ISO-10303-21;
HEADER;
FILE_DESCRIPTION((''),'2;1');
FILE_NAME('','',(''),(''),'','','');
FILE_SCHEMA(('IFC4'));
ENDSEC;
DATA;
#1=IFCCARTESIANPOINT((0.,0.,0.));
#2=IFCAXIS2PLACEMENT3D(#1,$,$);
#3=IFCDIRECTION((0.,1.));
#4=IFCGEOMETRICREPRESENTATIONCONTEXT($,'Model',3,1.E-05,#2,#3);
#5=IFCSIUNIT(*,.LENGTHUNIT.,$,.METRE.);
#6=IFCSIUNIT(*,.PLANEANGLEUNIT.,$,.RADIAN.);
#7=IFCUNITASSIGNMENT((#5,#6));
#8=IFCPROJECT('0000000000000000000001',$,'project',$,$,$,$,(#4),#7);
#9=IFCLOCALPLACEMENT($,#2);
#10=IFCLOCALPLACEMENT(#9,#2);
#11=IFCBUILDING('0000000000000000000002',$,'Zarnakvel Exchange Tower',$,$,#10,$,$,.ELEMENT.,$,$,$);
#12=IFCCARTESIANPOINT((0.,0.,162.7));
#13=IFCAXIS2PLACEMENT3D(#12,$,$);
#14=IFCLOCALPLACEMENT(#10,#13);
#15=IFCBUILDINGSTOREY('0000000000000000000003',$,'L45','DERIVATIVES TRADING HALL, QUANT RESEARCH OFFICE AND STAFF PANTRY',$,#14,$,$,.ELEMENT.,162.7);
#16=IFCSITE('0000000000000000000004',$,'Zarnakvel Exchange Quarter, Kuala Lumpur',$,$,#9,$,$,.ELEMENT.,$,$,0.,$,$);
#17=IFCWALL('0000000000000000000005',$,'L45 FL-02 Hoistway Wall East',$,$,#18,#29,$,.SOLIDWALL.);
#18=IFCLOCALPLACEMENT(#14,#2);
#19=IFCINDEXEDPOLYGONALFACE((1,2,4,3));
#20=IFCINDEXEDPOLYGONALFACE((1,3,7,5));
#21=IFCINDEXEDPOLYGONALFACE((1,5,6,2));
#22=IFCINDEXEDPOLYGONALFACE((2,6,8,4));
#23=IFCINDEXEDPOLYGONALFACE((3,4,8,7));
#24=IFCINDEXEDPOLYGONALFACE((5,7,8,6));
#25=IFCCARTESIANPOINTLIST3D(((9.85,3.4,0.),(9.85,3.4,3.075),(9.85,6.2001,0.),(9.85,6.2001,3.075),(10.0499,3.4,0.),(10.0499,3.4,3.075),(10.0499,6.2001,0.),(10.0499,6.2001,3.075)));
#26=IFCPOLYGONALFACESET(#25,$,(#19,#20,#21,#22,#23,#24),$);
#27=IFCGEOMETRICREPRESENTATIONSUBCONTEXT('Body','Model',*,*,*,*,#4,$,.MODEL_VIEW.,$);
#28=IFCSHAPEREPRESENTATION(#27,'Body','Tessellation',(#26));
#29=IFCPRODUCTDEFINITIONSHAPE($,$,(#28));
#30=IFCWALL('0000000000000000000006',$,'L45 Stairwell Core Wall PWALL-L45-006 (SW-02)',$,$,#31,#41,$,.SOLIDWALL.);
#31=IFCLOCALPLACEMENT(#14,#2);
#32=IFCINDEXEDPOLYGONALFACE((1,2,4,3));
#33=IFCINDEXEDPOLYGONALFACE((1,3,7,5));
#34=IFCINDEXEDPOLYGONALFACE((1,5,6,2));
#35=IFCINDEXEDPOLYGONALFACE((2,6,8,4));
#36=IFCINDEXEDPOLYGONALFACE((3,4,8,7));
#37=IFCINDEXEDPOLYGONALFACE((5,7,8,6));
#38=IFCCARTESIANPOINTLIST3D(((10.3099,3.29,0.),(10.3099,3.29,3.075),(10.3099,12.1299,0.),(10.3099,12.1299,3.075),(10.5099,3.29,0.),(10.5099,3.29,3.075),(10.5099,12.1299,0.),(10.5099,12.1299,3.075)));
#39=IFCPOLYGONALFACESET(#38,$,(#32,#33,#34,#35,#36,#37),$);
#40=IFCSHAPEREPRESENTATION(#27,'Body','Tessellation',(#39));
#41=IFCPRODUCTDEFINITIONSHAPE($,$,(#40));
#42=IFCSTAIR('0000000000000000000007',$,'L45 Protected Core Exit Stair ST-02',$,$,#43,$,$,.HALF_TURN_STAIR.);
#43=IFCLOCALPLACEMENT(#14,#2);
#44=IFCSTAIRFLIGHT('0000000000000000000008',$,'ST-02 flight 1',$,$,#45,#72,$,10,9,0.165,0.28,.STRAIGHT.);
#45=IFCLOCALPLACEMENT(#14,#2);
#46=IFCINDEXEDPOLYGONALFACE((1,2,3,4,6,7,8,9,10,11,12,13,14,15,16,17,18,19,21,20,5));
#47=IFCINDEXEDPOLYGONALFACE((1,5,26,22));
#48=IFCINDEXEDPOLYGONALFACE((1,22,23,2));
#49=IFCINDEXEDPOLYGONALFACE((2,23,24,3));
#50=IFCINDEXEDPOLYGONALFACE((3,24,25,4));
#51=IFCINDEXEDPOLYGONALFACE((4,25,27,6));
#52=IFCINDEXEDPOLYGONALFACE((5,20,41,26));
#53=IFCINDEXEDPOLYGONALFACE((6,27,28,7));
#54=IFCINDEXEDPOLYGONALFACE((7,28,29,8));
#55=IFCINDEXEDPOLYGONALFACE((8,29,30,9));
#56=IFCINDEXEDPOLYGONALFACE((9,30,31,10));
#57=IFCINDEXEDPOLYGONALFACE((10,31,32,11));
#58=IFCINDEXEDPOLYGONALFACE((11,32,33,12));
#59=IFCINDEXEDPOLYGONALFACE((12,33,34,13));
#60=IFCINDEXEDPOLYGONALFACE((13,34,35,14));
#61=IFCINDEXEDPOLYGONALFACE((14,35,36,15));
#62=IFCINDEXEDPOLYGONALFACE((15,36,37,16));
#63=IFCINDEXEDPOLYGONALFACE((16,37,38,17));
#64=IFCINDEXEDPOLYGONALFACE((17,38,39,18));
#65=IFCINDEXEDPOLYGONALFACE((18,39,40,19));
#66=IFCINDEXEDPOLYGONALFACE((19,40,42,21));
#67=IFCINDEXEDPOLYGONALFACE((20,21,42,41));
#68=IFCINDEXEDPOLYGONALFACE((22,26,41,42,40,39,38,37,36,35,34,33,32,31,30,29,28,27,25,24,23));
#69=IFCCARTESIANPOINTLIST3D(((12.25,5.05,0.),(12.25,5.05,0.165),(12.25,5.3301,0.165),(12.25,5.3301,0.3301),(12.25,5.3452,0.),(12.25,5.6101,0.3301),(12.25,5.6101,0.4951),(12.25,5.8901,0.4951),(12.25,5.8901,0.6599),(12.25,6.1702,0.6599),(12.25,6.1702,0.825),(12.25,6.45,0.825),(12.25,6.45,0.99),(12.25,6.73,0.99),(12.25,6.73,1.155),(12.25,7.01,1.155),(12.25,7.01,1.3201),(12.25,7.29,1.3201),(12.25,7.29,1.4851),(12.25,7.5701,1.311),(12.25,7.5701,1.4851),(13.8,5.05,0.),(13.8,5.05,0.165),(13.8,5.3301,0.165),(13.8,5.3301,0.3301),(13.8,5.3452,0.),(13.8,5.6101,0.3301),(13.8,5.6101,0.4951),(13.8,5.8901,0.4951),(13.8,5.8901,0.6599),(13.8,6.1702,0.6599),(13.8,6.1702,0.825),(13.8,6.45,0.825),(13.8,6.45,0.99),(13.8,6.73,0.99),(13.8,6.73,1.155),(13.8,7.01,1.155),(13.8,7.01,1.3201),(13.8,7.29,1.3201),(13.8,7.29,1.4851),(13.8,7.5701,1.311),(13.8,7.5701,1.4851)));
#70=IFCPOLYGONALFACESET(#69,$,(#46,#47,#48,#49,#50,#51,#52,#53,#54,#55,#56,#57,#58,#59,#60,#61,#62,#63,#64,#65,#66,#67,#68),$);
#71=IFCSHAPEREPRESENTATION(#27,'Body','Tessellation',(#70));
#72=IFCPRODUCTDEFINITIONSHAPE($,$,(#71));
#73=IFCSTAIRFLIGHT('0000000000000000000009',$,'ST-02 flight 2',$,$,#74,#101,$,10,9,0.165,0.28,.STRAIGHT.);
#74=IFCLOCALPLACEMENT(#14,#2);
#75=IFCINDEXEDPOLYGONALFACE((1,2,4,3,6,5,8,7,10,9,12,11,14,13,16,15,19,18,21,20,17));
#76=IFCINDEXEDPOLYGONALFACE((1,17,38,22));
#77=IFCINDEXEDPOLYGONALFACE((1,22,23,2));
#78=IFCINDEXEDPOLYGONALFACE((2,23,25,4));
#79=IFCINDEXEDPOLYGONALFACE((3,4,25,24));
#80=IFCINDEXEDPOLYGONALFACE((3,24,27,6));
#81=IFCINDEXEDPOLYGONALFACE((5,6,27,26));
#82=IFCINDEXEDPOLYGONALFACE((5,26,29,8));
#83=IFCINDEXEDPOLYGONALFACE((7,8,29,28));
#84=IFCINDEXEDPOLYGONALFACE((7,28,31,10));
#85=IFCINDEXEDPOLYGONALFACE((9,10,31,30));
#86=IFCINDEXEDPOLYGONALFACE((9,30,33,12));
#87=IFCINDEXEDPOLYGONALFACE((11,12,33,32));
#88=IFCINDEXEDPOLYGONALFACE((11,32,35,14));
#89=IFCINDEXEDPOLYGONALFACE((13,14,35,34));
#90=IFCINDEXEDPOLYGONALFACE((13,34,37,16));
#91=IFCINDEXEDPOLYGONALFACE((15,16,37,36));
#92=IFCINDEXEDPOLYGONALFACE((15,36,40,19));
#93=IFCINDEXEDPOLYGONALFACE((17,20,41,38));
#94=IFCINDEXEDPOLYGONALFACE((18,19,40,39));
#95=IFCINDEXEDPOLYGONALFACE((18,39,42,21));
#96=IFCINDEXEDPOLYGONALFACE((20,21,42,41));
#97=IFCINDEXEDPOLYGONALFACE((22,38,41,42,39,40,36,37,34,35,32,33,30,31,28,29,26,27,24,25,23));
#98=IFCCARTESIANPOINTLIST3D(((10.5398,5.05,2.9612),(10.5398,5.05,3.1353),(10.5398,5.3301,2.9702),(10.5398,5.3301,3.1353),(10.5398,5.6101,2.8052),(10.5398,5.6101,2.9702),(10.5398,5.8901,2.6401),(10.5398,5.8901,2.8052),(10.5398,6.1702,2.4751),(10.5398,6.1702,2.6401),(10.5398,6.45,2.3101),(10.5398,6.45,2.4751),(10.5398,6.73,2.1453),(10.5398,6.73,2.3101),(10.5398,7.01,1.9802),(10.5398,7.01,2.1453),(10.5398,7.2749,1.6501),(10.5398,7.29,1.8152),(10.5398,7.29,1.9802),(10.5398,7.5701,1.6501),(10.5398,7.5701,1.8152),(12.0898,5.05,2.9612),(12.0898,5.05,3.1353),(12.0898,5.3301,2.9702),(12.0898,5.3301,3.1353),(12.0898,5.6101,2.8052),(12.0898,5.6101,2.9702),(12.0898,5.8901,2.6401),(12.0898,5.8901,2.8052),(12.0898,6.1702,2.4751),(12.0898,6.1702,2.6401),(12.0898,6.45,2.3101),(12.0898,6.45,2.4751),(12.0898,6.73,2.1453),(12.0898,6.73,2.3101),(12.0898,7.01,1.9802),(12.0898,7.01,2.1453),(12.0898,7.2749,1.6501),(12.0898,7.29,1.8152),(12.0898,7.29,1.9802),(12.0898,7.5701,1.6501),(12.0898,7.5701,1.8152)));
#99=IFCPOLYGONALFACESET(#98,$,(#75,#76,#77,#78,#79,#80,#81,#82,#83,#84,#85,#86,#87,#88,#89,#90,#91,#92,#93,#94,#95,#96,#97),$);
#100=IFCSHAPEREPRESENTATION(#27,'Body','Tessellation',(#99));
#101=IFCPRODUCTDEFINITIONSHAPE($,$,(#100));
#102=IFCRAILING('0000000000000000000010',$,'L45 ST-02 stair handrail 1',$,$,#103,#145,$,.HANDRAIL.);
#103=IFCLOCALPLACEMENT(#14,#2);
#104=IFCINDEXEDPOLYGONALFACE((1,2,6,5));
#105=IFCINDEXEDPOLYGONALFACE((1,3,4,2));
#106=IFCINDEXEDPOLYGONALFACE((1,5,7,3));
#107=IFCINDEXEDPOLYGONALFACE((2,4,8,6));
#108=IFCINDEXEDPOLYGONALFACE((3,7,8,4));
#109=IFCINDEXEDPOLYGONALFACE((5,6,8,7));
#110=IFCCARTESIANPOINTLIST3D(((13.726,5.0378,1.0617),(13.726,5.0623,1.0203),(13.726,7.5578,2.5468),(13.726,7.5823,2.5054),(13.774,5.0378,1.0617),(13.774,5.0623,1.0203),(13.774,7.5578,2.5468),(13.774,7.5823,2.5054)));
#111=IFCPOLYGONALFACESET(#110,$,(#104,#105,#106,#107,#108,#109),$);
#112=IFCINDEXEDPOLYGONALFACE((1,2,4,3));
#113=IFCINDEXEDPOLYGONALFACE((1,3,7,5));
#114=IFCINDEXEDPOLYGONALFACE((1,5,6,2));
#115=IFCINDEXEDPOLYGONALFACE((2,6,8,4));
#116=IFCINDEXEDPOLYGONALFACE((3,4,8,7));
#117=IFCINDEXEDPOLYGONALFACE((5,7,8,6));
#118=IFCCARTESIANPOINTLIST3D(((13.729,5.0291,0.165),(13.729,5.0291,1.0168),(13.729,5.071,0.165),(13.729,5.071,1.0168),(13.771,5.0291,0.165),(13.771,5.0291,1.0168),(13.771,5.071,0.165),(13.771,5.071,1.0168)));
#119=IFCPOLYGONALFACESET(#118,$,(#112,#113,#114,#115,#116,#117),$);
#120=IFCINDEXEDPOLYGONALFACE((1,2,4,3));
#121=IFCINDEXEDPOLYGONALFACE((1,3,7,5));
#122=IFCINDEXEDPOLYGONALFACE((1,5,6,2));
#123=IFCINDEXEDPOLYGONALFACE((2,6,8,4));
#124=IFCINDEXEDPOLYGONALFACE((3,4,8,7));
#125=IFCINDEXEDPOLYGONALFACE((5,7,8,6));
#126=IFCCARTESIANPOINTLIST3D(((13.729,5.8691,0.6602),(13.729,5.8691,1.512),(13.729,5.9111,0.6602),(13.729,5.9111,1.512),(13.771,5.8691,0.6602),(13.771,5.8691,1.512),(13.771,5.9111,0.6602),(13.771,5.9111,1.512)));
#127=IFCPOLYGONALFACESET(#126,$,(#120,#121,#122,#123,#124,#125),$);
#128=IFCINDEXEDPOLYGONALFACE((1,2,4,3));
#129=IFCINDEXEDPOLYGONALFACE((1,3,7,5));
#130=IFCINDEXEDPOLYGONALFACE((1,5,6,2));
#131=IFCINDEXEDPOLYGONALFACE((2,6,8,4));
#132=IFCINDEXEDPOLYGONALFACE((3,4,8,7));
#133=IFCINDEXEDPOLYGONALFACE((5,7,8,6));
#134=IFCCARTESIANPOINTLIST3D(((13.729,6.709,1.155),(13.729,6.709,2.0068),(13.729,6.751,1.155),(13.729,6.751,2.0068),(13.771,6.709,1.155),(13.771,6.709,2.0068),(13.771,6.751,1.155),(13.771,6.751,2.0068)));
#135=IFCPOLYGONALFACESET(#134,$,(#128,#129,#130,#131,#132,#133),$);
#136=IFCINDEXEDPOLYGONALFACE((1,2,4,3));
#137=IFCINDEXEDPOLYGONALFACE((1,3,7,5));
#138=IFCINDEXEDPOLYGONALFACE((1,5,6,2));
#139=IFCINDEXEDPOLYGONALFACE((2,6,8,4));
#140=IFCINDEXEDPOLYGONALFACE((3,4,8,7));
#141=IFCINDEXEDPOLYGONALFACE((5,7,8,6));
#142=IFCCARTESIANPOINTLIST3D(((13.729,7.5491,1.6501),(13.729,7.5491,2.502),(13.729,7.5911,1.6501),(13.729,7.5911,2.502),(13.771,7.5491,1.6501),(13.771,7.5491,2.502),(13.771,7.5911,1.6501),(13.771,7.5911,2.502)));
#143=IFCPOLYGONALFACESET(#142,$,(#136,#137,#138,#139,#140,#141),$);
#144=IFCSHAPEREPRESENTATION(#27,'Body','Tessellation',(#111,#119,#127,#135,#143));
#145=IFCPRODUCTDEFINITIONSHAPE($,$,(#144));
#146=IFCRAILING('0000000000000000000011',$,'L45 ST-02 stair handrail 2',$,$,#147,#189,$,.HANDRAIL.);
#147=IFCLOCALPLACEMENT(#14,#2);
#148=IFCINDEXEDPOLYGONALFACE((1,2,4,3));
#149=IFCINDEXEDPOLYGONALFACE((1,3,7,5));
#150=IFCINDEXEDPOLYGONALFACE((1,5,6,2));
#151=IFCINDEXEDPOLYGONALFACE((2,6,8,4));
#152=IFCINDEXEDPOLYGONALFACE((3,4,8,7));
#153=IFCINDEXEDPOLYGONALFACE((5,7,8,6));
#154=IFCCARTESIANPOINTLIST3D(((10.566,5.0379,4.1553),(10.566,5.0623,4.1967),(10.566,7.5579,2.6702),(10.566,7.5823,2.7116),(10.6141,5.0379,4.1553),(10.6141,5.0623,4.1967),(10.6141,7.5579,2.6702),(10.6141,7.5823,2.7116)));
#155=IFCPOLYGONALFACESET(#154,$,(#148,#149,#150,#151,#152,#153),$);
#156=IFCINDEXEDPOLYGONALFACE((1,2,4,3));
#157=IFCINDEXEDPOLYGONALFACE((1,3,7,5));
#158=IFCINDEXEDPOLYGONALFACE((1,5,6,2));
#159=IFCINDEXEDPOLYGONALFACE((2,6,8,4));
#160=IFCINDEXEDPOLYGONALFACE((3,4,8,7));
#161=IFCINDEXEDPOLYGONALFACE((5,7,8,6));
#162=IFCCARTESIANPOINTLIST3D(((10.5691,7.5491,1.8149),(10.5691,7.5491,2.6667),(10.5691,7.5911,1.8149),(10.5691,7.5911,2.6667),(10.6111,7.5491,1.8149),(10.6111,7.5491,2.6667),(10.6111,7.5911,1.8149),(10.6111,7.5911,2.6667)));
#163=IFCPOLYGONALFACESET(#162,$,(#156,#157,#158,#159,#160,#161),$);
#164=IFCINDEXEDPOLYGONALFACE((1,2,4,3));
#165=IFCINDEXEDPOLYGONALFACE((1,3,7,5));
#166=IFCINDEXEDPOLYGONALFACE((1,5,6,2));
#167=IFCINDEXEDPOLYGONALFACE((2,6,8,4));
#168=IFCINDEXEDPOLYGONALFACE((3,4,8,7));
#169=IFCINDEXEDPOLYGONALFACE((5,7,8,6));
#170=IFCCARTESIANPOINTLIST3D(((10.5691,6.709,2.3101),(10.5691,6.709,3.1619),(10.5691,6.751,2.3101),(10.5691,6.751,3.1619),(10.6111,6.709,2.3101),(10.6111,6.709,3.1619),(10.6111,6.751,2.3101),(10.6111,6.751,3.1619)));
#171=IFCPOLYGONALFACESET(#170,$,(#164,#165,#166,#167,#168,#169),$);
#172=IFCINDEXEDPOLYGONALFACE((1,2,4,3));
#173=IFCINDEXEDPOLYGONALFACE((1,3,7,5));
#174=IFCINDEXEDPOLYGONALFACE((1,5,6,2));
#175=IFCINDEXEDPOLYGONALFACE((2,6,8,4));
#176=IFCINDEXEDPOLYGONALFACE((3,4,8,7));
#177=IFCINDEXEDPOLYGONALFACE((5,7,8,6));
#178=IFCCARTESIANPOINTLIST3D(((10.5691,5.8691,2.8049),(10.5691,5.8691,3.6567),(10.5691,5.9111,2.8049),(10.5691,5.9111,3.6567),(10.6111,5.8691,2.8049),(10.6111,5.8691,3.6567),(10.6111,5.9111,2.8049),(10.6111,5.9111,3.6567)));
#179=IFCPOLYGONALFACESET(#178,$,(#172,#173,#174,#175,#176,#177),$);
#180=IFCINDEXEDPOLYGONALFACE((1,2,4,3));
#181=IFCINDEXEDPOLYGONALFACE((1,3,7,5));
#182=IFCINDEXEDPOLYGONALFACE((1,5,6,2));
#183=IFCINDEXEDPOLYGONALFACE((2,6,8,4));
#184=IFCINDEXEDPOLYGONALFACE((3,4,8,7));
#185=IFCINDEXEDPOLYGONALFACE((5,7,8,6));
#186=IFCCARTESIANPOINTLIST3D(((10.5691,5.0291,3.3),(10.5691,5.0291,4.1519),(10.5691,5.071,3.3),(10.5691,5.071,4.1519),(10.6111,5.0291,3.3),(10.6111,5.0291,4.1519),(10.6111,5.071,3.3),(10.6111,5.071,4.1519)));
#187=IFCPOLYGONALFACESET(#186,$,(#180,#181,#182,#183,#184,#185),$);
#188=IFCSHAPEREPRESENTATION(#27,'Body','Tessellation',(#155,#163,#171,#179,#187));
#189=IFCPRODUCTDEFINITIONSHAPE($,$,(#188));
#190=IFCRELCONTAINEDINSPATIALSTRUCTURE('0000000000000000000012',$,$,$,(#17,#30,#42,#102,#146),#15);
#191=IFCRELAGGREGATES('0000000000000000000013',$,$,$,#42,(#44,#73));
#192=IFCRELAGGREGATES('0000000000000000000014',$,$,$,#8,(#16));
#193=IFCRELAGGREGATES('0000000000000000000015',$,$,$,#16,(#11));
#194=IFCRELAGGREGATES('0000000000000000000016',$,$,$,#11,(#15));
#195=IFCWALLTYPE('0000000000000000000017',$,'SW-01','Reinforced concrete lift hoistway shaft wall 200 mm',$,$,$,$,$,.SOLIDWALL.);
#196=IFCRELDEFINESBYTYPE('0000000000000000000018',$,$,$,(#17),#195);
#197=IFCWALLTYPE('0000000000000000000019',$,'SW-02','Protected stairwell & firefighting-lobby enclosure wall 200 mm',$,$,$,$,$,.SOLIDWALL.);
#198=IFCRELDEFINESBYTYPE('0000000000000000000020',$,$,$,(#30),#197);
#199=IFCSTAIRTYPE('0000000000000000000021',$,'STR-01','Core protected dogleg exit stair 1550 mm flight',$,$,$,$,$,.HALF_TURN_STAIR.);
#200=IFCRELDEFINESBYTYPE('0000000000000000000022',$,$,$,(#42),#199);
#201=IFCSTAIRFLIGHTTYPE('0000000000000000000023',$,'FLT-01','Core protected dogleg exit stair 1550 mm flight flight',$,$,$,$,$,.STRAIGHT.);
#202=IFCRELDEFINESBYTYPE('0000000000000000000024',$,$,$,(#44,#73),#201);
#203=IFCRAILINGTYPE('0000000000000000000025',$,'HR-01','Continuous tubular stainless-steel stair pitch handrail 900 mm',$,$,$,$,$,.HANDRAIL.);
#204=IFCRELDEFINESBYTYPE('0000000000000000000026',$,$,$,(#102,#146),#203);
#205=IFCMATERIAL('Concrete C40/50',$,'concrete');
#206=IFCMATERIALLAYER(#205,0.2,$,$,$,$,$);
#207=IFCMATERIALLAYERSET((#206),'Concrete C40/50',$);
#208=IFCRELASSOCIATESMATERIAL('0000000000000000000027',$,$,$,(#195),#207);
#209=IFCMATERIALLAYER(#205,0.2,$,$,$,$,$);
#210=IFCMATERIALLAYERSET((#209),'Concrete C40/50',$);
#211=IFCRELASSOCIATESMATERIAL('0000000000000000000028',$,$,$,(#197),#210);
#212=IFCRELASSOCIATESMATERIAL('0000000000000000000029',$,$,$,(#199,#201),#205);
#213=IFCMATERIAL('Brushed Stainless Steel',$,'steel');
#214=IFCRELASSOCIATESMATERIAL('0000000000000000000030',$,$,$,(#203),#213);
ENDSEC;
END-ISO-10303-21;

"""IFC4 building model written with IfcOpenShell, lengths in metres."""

from ifc_helpers import new_model, si_unit, direction, frame, frame_2d, origin, origin_2d, place, context, subcontext, project, spatial, polyline, rectangle, outline, extrude, material, layer, layer_set, type_object, element, aggregate, save


model = new_model("IFC4")

# Units and contexts
model_context = context("Model", 3, precision=1e-05, world=origin(), true_north=direction((0.0, 1.0)))
body_context = subcontext(model_context, "Body", "Model", "MODEL_VIEW")
ifc_project = project(units=[si_unit("LENGTHUNIT", "METRE"), si_unit("PLANEANGLEUNIT", "RADIAN")], contexts=[model_context])

# Site, building, storey
site_placement = place(None, origin())
site = spatial("IfcSite", under=ifc_project, at=site_placement, Name="Zarnakvel Exchange Quarter, Kuala Lumpur", CompositionType="ELEMENT", RefElevation=0.0)
building_placement = place(site_placement, origin())
building = spatial("IfcBuilding", under=site, at=building_placement, Name="Zarnakvel Exchange Tower", CompositionType="ELEMENT")
storey_placement = place(building_placement, frame((0.0, 0.0, 162.7)))
storey = spatial("IfcBuildingStorey", under=building, at=storey_placement, Name="L45", Description="DERIVATIVES TRADING HALL, QUANT RESEARCH OFFICE AND STAFF PANTRY", CompositionType="ELEMENT", Elevation=162.7)

# Wall
ifc_material_1 = material(Name="Concrete C40/50", Category="concrete")
ifc_layer_1 = layer(ifc_material_1, 0.2)
ifc_layer_set_1 = layer_set([ifc_layer_1], Name="Concrete C40/50")
wall_type_1 = type_object("IfcWallType", Name="SW-01", Description="Reinforced concrete lift hoistway shaft wall 200 mm", PredefinedType="SOLIDWALL", material=ifc_layer_set_1)
wall_1_placement = place(storey_placement, frame((9.95, 6.2, 0.0), z_axis=(0.0, 0.0, 1.0), x_axis=(0.0, -1.0, 0.0)))
element("IfcWall", 1, at=wall_1_placement, inside=storey, type_object=wall_type_1, Name="L45 FL-02 Hoistway Wall East", PredefinedType="SOLIDWALL", context=body_context, shape_type="SweptSolid", body=[
    extrude(rectangle(XDim=2.8, YDim=0.2, at=frame_2d((1.3999, 0.0))), origin(), (0.0, 0.0, 1.0), 3.075),
])

# Shared definitions
ifc_layer_2 = layer(ifc_material_1, 0.2)
ifc_layer_set_2 = layer_set([ifc_layer_2], Name="Concrete C40/50")
wall_type_2 = type_object("IfcWallType", Name="SW-02", Description="Protected stairwell & firefighting-lobby enclosure wall 200 mm", PredefinedType="SOLIDWALL", material=ifc_layer_set_2)

# Wall
wall_2_placement = place(storey_placement, frame((10.4099, 3.29, 0.0), z_axis=(0.0, 0.0, 1.0), x_axis=(0.0, 1.0, 0.0)))
element("IfcWall", 2, at=wall_2_placement, inside=storey, type_object=wall_type_2, Name="L45 Stairwell Core Wall PWALL-L45-006 (SW-02)", PredefinedType="SOLIDWALL", context=body_context, shape_type="SweptSolid", body=[
    extrude(rectangle(XDim=8.8398, YDim=0.2, at=frame_2d((4.4199, 0.0))), origin(), (0.0, 0.0, 1.0), 3.075),
])

# Stair, stair flights
stair_type = type_object("IfcStairType", Name="STR-01", Description="Core protected dogleg exit stair 1550 mm flight", PredefinedType="HALF_TURN_STAIR", material=ifc_material_1)
stair_placement = place(storey_placement, origin())
stair = element("IfcStair", 3, at=stair_placement, inside=storey, type_object=stair_type, Name="L45 Protected Core Exit Stair ST-02", PredefinedType="HALF_TURN_STAIR")
stair_flight_type = type_object("IfcStairFlightType", Name="FLT-01", Description="Core protected dogleg exit stair 1550 mm flight flight", PredefinedType="STRAIGHT", material=ifc_material_1)
stair_flight_1_placement = place(storey_placement, frame((13.0249, 5.05, 0.0), z_axis=(0.0, 0.0, 1.0), x_axis=(0.0, 1.0, 0.0)))
stair_flight_1 = element("IfcStairFlight", 4, at=stair_flight_1_placement, type_object=stair_flight_type, Name="ST-02 flight 1", NumberOfRisers=10, NumberOfTreads=9, PredefinedType="STRAIGHT", RiserHeight=0.165, TreadLength=0.28, context=body_context, shape_type="SweptSolid", body=[
    extrude(outline(polyline([(0.0, 0.0), (0.0, 0.165), (0.28, 0.165), (0.28, 0.3301), (0.5601, 0.3301), (0.5601, 0.4951), (0.8401, 0.4951), (0.8401, 0.6599), (1.1201, 0.6599), (1.1201, 0.825), (1.3999, 0.825), (1.3999, 0.99), (1.6799, 0.99), (1.6799, 1.155), (1.96, 1.155), (1.96, 1.3201), (2.24, 1.3201), (2.24, 1.4851), (2.52, 1.4851), (2.52, 1.6499), (2.52, 1.311), (0.2952, 0.0), (0.0, 0.0)])), frame((0.0, 0.7749, 0.0), z_axis=(0.0, -1.0, 0.0), x_axis=(1.0, 0.0, 0.0)), (0.0, 0.0, 1.0), 1.55),
])
stair_flight_2_placement = place(storey_placement, frame((11.3149, 7.5701, 1.6501), z_axis=(0.0, 0.0, 1.0), x_axis=(0.0, -1.0, 0.0)))
stair_flight_2 = element("IfcStairFlight", 5, at=stair_flight_2_placement, type_object=stair_flight_type, Name="ST-02 flight 2", NumberOfRisers=10, NumberOfTreads=9, PredefinedType="STRAIGHT", RiserHeight=0.165, TreadLength=0.28, context=body_context, shape_type="SweptSolid", body=[
    extrude(outline(polyline([(0.0, 0.0), (0.0, 0.165), (0.28, 0.165), (0.28, 0.3301), (0.5601, 0.3301), (0.5601, 0.4951), (0.8401, 0.4951), (0.8401, 0.6599), (1.1201, 0.6599), (1.1201, 0.825), (1.3999, 0.825), (1.3999, 0.99), (1.6799, 0.99), (1.6799, 1.155), (1.96, 1.155), (1.96, 1.3201), (2.24, 1.3201), (2.24, 1.4851), (2.52, 1.4851), (2.52, 1.6499), (2.52, 1.311), (0.2952, 0.0), (0.0, 0.0)])), frame((0.0, 0.7749, 0.0), z_axis=(0.0, -1.0, 0.0), x_axis=(1.0, 0.0, 0.0)), (0.0, 0.0, 1.0), 1.55),
])
aggregate(stair, [stair_flight_1, stair_flight_2])

# Railings
ifc_material_2 = material(Name="Brushed Stainless Steel", Category="steel")
railing_type_1 = type_object("IfcRailingType", Name="HR-01", Description="Continuous tubular stainless-steel stair pitch handrail 900 mm", PredefinedType="HANDRAIL", material=ifc_material_2)
railing_1_placement = place(storey_placement, frame((13.75, 5.05, 0.165)))
element("IfcRailing", 6, at=railing_1_placement, inside=storey, type_object=railing_type_1, Name="L45 ST-02 stair handrail 1", PredefinedType="HANDRAIL", context=body_context, shape_type="SweptSolid", body=[
    extrude(rectangle(XDim=0.0481, YDim=0.0481, at=origin_2d()), frame((0.0, 0.0, 0.876), z_axis=(0.0, 0.861524, 0.507717), x_axis=(-1.0, 0.0, 0.0)), (0.0, 0.0, 1.0), 2.925),
    extrude(rectangle(XDim=0.042, YDim=0.042, at=origin_2d()), origin(), (0.0, 0.0, 1.0), 0.8518),
    extrude(rectangle(XDim=0.042, YDim=0.042, at=origin_2d()), frame((0.0, 0.8401, 0.4951)), (0.0, 0.0, 1.0), 0.8518),
    extrude(rectangle(XDim=0.042, YDim=0.042, at=origin_2d()), frame((0.0, 1.6799, 0.99)), (0.0, 0.0, 1.0), 0.8518),
    extrude(rectangle(XDim=0.042, YDim=0.042, at=origin_2d()), frame((0.0, 2.52, 1.4851)), (0.0, 0.0, 1.0), 0.8518),
])
railing_2_placement = place(storey_placement, frame((10.5901, 7.5701, 1.8149)))
element("IfcRailing", 7, at=railing_2_placement, inside=storey, type_object=railing_type_1, Name="L45 ST-02 stair handrail 2", PredefinedType="HANDRAIL", context=body_context, shape_type="SweptSolid", body=[
    extrude(rectangle(XDim=0.0481, YDim=0.0481, at=origin_2d()), frame((0.0, 0.0, 0.876), z_axis=(0.0, -0.861524, 0.507717), x_axis=(1.0, 0.0, 0.0)), (0.0, 0.0, 1.0), 2.925),
    extrude(rectangle(XDim=0.042, YDim=0.042, at=origin_2d()), origin(), (0.0, 0.0, 1.0), 0.8518),
    extrude(rectangle(XDim=0.042, YDim=0.042, at=origin_2d()), frame((0.0, -0.8401, 0.4951)), (0.0, 0.0, 1.0), 0.8518),
    extrude(rectangle(XDim=0.042, YDim=0.042, at=origin_2d()), frame((0.0, -1.6799, 0.99)), (0.0, 0.0, 1.0), 0.8518),
    extrude(rectangle(XDim=0.042, YDim=0.042, at=origin_2d()), frame((0.0, -2.52, 1.4851)), (0.0, 0.0, 1.0), 0.8518),
])

save(model, "model.ifc")
